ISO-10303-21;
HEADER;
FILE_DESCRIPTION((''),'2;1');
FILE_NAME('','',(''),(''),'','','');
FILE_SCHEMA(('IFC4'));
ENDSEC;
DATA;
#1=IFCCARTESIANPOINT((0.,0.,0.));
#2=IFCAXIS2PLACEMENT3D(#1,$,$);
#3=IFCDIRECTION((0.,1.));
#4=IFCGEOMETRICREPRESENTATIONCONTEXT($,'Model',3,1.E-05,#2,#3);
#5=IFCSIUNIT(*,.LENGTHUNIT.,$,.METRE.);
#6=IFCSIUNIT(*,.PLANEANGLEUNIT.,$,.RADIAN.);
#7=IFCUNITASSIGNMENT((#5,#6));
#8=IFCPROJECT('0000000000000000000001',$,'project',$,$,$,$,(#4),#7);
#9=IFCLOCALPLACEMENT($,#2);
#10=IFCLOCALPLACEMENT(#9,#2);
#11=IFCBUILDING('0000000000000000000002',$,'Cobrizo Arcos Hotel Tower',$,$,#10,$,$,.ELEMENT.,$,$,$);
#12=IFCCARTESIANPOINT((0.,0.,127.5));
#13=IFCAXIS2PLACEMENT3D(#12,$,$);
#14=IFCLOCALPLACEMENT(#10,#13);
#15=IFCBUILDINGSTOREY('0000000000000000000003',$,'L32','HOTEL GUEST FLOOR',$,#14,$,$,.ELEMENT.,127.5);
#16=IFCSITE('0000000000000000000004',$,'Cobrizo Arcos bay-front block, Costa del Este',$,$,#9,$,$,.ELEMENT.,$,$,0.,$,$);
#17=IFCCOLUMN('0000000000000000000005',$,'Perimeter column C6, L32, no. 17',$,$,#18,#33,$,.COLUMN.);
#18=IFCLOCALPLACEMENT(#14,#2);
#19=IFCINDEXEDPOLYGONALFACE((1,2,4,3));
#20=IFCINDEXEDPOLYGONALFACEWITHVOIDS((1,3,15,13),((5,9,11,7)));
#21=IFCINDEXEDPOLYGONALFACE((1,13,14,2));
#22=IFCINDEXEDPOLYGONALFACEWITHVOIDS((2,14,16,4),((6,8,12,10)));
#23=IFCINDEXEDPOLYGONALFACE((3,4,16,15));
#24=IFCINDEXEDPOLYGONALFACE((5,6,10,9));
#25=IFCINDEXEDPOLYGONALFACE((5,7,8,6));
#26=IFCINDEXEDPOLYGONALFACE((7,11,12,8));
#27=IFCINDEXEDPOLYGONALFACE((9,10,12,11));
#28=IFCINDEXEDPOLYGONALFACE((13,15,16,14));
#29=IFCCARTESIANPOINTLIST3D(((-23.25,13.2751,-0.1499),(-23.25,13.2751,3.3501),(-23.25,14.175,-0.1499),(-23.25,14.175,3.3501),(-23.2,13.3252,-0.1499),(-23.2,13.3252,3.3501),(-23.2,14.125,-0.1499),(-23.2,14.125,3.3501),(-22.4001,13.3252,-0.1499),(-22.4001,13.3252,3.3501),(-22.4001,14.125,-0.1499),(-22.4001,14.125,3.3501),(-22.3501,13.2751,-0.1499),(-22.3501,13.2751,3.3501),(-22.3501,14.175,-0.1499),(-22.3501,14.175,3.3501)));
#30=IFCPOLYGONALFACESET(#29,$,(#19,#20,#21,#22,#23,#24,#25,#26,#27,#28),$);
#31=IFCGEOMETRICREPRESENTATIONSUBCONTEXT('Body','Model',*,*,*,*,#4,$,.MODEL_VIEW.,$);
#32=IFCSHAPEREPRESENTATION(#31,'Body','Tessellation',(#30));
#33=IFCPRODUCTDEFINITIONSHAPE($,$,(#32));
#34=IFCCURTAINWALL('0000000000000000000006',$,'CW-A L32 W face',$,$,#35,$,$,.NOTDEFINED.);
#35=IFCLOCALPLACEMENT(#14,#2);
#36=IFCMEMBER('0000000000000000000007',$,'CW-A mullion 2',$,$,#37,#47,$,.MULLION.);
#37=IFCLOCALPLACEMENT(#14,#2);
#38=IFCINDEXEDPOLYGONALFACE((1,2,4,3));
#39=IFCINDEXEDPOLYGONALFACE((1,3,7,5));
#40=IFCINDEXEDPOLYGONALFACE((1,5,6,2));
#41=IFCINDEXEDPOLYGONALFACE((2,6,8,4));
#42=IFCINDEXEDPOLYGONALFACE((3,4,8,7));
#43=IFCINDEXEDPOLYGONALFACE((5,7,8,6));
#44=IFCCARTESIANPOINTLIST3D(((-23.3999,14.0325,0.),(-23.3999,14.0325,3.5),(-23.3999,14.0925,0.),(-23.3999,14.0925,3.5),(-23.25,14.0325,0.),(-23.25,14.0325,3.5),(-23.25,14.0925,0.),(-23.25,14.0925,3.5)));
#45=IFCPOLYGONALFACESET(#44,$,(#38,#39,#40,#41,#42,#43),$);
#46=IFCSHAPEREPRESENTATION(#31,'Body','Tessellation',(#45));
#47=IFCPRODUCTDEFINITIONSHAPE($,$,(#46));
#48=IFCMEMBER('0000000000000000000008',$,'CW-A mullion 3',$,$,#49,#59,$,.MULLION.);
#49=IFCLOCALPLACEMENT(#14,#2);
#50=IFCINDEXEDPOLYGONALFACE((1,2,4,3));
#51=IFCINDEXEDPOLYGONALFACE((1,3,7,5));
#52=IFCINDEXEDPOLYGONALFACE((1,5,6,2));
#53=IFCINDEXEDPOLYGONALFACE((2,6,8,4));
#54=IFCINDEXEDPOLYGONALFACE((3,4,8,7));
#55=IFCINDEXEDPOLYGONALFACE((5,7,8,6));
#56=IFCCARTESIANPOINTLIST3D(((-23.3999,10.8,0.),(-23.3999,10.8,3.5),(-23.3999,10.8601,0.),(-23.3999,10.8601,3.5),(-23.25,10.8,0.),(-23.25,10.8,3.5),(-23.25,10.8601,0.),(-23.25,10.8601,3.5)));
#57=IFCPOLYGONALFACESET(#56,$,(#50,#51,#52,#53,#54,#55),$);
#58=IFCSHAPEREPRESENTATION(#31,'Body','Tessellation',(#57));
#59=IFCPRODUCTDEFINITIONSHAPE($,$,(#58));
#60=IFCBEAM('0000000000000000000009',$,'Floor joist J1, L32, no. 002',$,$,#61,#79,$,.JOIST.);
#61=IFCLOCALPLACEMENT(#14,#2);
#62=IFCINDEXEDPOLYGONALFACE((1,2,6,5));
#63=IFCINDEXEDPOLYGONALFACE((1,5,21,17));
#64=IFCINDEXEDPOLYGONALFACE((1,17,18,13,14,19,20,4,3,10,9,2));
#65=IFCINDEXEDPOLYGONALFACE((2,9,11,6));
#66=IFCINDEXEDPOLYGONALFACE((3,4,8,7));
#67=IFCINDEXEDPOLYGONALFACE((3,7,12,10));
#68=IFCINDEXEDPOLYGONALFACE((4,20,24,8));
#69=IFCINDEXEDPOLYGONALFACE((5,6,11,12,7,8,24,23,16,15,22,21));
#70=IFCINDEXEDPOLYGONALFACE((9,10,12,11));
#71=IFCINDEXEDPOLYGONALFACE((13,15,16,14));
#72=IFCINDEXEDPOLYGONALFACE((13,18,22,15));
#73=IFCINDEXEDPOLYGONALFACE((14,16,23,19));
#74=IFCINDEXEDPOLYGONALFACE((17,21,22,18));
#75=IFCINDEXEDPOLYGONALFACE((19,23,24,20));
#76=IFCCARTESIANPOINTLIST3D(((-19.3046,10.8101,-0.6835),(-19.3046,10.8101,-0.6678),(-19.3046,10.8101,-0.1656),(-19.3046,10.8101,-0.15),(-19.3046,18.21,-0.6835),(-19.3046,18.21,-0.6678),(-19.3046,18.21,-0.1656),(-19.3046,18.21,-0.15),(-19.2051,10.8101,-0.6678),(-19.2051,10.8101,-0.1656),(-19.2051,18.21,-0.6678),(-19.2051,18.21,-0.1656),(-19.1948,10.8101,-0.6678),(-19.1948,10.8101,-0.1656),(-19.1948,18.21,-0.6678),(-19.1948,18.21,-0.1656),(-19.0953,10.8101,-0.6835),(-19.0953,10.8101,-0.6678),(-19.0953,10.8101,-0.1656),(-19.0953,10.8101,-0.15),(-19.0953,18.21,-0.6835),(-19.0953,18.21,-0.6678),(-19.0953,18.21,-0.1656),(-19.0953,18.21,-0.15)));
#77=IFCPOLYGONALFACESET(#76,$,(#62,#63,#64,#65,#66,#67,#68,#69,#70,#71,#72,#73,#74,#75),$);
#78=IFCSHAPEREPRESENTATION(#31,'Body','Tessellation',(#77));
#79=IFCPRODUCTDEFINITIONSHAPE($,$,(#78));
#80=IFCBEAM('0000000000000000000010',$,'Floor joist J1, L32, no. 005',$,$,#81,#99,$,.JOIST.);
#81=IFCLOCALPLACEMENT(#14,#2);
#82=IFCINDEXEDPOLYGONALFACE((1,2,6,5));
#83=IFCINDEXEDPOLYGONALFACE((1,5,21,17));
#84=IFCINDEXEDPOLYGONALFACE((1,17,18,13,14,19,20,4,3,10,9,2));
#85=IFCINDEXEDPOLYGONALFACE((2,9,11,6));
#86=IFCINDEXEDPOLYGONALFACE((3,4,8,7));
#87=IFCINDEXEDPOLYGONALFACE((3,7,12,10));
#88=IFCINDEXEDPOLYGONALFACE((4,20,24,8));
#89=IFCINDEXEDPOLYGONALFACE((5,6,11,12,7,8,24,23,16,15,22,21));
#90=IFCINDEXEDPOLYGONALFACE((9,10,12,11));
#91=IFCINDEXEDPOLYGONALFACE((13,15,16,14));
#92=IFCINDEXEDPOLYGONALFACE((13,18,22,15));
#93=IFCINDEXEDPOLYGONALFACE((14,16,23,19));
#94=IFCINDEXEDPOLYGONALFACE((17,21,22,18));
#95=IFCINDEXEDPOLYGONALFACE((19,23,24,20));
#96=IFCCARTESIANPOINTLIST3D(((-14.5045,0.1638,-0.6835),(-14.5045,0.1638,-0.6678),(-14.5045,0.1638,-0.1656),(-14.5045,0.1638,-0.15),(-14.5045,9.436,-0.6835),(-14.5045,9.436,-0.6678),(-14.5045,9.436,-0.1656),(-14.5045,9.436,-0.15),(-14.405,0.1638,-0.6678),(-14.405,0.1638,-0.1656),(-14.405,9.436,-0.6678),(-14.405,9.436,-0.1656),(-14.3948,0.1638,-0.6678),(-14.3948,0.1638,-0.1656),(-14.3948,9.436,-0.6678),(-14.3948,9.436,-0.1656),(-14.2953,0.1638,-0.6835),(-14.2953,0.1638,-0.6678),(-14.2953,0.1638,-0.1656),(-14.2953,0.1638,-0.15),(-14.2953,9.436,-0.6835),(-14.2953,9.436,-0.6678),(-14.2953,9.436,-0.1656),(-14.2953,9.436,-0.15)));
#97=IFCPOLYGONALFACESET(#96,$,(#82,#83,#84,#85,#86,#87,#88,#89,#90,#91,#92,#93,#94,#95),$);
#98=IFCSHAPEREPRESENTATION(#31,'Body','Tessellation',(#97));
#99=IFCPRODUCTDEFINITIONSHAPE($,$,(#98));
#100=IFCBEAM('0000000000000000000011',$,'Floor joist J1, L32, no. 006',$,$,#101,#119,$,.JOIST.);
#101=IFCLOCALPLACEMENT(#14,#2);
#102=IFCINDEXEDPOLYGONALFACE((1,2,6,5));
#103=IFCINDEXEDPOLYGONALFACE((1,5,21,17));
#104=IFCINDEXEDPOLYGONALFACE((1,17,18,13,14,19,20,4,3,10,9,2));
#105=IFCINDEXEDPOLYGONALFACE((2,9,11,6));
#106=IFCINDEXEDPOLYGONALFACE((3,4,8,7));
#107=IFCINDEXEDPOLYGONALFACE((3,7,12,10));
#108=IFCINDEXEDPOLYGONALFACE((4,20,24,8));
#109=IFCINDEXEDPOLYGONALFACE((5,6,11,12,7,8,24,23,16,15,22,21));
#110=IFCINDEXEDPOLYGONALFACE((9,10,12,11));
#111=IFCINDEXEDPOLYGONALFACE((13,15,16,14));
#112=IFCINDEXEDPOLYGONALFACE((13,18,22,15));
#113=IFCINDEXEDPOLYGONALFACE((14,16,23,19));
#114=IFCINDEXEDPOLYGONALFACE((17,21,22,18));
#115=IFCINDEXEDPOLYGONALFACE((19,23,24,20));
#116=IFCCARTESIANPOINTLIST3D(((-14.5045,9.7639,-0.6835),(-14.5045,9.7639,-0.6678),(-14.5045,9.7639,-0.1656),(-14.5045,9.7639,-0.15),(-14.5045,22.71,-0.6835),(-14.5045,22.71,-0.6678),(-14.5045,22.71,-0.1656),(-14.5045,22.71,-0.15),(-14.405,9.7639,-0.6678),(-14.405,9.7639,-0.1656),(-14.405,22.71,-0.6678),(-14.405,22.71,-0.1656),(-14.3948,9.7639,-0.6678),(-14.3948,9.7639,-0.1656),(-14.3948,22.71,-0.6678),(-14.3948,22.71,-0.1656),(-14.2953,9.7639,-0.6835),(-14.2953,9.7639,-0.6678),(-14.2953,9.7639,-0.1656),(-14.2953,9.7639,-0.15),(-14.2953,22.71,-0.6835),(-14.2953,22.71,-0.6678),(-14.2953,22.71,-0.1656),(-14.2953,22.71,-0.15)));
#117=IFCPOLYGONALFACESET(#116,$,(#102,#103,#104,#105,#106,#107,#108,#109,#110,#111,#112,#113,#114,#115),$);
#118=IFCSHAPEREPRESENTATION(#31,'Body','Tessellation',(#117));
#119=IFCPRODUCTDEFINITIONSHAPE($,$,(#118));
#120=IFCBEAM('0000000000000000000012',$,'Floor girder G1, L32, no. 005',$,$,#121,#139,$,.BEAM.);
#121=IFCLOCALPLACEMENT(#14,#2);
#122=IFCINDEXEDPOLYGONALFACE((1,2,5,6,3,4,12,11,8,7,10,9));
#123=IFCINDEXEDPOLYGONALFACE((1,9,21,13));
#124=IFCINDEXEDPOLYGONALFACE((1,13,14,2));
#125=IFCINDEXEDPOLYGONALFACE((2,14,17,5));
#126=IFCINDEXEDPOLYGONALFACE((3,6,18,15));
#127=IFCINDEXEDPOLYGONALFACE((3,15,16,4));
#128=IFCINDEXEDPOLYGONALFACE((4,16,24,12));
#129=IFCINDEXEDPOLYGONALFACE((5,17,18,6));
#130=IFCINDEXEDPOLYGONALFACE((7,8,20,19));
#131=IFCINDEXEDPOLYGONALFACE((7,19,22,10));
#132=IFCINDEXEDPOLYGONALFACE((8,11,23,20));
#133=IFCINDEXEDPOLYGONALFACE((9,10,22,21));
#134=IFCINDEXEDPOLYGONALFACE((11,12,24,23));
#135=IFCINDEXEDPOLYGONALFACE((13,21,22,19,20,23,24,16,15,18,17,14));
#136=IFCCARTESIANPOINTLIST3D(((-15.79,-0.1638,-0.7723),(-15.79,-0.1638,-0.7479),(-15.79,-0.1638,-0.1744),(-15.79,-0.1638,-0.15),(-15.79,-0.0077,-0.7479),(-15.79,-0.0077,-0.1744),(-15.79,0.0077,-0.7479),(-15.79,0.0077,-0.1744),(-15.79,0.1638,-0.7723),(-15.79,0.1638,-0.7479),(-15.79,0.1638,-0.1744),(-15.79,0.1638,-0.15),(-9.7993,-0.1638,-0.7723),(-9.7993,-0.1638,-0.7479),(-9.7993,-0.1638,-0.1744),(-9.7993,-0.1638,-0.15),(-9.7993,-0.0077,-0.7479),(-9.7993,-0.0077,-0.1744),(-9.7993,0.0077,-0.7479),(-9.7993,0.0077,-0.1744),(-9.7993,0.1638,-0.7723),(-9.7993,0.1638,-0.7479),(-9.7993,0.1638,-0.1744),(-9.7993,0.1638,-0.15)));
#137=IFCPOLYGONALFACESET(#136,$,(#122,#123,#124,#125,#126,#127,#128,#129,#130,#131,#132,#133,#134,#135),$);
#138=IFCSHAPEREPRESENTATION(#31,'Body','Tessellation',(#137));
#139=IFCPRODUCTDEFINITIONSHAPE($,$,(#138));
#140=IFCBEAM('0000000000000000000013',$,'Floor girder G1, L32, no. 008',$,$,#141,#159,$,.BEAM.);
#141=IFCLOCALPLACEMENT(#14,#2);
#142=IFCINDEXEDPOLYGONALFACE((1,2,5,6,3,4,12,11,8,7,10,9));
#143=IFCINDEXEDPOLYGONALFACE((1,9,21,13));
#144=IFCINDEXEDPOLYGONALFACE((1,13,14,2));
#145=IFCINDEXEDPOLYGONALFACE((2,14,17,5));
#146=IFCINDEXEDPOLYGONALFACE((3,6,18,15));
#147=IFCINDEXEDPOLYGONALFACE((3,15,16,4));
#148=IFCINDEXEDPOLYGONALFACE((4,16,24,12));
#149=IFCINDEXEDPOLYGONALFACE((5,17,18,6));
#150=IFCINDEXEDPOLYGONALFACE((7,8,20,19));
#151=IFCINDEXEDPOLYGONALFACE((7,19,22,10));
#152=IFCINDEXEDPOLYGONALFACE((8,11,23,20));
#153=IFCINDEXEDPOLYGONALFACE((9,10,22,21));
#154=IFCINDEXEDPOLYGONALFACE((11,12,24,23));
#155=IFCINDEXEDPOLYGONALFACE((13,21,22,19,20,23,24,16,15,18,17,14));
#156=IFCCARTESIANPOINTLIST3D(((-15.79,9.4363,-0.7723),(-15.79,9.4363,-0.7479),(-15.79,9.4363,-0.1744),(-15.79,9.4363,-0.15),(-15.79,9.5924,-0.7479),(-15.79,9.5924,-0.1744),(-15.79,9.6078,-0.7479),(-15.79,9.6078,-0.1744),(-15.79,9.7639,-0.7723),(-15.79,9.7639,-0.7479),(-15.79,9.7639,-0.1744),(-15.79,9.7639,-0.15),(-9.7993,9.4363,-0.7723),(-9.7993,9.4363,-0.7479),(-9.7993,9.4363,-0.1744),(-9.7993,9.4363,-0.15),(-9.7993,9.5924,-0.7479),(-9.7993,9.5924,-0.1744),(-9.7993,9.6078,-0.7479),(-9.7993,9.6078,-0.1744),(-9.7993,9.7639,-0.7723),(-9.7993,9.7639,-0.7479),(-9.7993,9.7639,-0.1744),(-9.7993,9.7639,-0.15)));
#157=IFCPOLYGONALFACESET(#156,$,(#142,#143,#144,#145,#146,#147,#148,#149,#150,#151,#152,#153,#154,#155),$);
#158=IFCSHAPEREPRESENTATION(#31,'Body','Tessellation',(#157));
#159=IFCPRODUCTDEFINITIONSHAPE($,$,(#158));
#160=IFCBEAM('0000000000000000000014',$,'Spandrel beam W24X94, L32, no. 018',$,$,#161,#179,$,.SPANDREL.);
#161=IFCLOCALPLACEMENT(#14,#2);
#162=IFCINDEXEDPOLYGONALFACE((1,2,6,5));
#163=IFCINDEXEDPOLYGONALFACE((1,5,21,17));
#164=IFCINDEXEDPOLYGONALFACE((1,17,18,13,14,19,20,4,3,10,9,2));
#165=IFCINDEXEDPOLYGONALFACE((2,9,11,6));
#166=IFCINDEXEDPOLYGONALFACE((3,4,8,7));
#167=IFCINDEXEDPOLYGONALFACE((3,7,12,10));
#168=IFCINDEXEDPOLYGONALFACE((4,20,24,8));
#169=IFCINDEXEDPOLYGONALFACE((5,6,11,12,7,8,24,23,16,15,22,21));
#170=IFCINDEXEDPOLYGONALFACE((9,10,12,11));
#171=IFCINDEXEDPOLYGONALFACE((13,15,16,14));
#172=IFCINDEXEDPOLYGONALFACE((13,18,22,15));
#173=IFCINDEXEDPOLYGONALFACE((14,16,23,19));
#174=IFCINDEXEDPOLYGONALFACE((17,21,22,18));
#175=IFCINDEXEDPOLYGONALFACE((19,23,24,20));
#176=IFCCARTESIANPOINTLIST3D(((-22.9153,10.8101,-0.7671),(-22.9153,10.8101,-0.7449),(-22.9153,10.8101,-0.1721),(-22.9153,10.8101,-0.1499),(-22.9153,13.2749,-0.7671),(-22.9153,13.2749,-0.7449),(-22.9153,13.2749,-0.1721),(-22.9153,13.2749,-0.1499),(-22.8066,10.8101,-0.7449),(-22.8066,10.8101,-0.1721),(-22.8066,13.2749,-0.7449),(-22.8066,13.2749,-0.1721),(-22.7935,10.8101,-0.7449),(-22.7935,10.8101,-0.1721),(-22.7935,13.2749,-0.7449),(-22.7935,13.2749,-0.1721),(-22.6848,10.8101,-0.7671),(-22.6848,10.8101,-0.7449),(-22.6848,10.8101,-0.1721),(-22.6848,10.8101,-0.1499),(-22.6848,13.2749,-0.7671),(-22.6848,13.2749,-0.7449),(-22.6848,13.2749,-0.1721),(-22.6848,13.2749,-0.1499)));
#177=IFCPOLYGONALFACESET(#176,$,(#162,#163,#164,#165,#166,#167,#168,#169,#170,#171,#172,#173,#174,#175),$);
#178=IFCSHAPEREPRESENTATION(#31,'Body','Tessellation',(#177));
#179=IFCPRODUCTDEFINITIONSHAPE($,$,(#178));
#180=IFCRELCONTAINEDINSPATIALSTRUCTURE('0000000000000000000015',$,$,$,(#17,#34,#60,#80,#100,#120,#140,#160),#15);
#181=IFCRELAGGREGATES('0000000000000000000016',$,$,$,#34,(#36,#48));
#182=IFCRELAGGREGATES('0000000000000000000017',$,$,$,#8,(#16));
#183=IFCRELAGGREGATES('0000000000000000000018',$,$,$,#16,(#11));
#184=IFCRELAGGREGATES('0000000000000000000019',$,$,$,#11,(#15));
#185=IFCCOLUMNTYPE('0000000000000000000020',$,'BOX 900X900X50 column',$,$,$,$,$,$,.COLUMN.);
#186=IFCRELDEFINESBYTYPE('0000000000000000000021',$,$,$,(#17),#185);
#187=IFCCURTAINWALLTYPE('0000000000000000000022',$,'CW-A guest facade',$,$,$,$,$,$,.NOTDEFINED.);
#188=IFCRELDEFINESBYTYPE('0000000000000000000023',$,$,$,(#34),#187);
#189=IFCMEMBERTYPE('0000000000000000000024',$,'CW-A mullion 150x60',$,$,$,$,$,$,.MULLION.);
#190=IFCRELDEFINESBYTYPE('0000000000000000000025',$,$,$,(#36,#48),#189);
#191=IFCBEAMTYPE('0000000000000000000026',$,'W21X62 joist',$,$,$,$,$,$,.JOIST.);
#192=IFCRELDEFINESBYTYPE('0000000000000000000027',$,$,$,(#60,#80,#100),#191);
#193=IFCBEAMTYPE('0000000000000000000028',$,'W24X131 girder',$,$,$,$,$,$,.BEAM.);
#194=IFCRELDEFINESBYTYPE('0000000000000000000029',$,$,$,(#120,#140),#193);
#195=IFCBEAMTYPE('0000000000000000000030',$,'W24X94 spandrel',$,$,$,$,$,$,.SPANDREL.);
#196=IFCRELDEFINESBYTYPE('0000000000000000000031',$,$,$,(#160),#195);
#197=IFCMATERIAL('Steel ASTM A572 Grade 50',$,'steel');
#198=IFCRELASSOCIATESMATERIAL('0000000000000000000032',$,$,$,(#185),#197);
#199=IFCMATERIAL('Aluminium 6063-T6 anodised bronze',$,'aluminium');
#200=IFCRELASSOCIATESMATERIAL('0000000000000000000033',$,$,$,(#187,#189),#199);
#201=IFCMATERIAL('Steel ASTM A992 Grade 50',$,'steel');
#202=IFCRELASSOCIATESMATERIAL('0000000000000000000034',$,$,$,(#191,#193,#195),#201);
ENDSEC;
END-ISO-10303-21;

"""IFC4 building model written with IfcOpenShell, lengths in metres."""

from ifc_helpers import new_model, si_unit, direction, frame, origin, origin_2d, place, context, subcontext, project, spatial, rectangle, hollow_rectangle, i_section, extrude, material, material_profile, profile_set, type_object, element, aggregate, save


model = new_model("IFC4")

# Units and contexts
model_context = context("Model", 3, precision=1e-05, world=origin(), true_north=direction((0.0, 1.0)))
body_context = subcontext(model_context, "Body", "Model", "MODEL_VIEW")
ifc_project = project(units=[si_unit("LENGTHUNIT", "METRE"), si_unit("PLANEANGLEUNIT", "RADIAN")], contexts=[model_context])

# Site, building, storey
site_placement = place(None, origin())
site = spatial("IfcSite", under=ifc_project, at=site_placement, Name="Cobrizo Arcos bay-front block, Costa del Este", CompositionType="ELEMENT", RefElevation=0.0)
building_placement = place(site_placement, origin())
building = spatial("IfcBuilding", under=site, at=building_placement, Name="Cobrizo Arcos Hotel Tower", CompositionType="ELEMENT")
storey_placement = place(building_placement, frame((0.0, 0.0, 127.5)))
storey = spatial("IfcBuildingStorey", under=building, at=storey_placement, Name="L32", Description="HOTEL GUEST FLOOR", CompositionType="ELEMENT", Elevation=127.5)

# Column
ifc_material_1 = material(Name="Steel ASTM A572 Grade 50", Category="steel")
ifc_material_profile_1 = material_profile(ifc_material_1, hollow_rectangle(XDim=0.8999, YDim=0.8999, WallThickness=0.05, at=origin_2d()), Name="BOX 900X900X50")
ifc_profile_set_1 = profile_set([ifc_material_profile_1], Name="Steel ASTM A572 Grade 50")
column_type = type_object("IfcColumnType", Name="BOX 900X900X50 column", PredefinedType="COLUMN", material=ifc_profile_set_1)
column_placement = place(storey_placement, frame((-22.8, 13.7251, -0.1499), z_axis=(0.0, 0.0, 1.0), x_axis=(1.0, 0.0, 0.0)))
element("IfcColumn", 1, at=column_placement, inside=storey, type_object=column_type, Name="Perimeter column C6, L32, no. 17", PredefinedType="COLUMN", context=body_context, shape_type="SweptSolid", body=[
    extrude(hollow_rectangle(XDim=0.8999, YDim=0.8999, WallThickness=0.05, at=origin_2d()), origin(), (0.0, 0.0, 1.0), 3.5),
])

# Curtain wall, members
ifc_material_2 = material(Name="Aluminium 6063-T6 anodised bronze", Category="aluminium")
curtain_wall_type = type_object("IfcCurtainWallType", Name="CW-A guest facade", PredefinedType="NOTDEFINED", material=ifc_material_2)
curtain_wall_placement = place(storey_placement, origin())
curtain_wall = element("IfcCurtainWall", 2, at=curtain_wall_placement, inside=storey, type_object=curtain_wall_type, Name="CW-A L32 W face", PredefinedType="NOTDEFINED")
ifc_material_profile_2 = material_profile(ifc_material_2, rectangle(XDim=0.1499, YDim=0.0601, at=origin_2d()), Name="CW-A mullion 150x60")
ifc_profile_set_2 = profile_set([ifc_material_profile_2], Name="Aluminium 6063-T6 anodised bronze")
member_type = type_object("IfcMemberType", Name="CW-A mullion 150x60", PredefinedType="MULLION", material=ifc_profile_set_2)
member_1_placement = place(storey_placement, frame((-23.325, 14.0625, 0.0), z_axis=(0.0, 0.0, 1.0), x_axis=(-1.0, 0.0, 0.0)))
member_1 = element("IfcMember", 3, at=member_1_placement, type_object=member_type, Name="CW-A mullion 2", PredefinedType="MULLION", context=body_context, shape_type="SweptSolid", body=[
    extrude(rectangle(XDim=0.1499, YDim=0.0601, at=origin_2d()), origin(), (0.0, 0.0, 1.0), 3.5),
])
member_2_placement = place(storey_placement, frame((-23.325, 10.8301, 0.0), z_axis=(0.0, 0.0, 1.0), x_axis=(-1.0, 0.0, 0.0)))
member_2 = element("IfcMember", 4, at=member_2_placement, type_object=member_type, Name="CW-A mullion 3", PredefinedType="MULLION", context=body_context, shape_type="SweptSolid", body=[
    extrude(rectangle(XDim=0.1499, YDim=0.0601, at=origin_2d()), origin(), (0.0, 0.0, 1.0), 3.5),
])

# Beams
ifc_material_3 = material(Name="Steel ASTM A992 Grade 50", Category="steel")
ifc_material_profile_3 = material_profile(ifc_material_3, i_section(OverallWidth=0.2092, OverallDepth=0.5334, WebThickness=0.0103, FlangeThickness=0.0156, at=origin_2d()), Name="W21X62")
ifc_profile_set_3 = profile_set([ifc_material_profile_3], Name="Steel ASTM A992 Grade 50")
beam_type_1 = type_object("IfcBeamType", Name="W21X62 joist", PredefinedType="JOIST", material=ifc_profile_set_3)
beam_1_placement = place(storey_placement, frame((-19.2, 10.8101, -0.4167), z_axis=(0.0, 1.0, 0.0), x_axis=(-1.0, 0.0, 0.0)))
element("IfcBeam", 5, at=beam_1_placement, inside=storey, type_object=beam_type_1, Name="Floor joist J1, L32, no. 002", PredefinedType="JOIST", context=body_context, shape_type="SweptSolid", body=[
    extrude(i_section(OverallWidth=0.2092, OverallDepth=0.5334, WebThickness=0.0103, FlangeThickness=0.0156, at=origin_2d()), origin(), (0.0, 0.0, 1.0), 7.3999),
])
beam_2_placement = place(storey_placement, frame((-14.3999, 0.1638, -0.4167), z_axis=(0.0, 1.0, 0.0), x_axis=(-1.0, 0.0, 0.0)))
element("IfcBeam", 6, at=beam_2_placement, inside=storey, type_object=beam_type_1, Name="Floor joist J1, L32, no. 005", PredefinedType="JOIST", context=body_context, shape_type="SweptSolid", body=[
    extrude(i_section(OverallWidth=0.2092, OverallDepth=0.5334, WebThickness=0.0103, FlangeThickness=0.0156, at=origin_2d()), origin(), (0.0, 0.0, 1.0), 9.2722),
])
beam_3_placement = place(storey_placement, frame((-14.3999, 9.7639, -0.4167), z_axis=(0.0, 1.0, 0.0), x_axis=(-1.0, 0.0, 0.0)))
element("IfcBeam", 7, at=beam_3_placement, inside=storey, type_object=beam_type_1, Name="Floor joist J1, L32, no. 006", PredefinedType="JOIST", context=body_context, shape_type="SweptSolid", body=[
    extrude(i_section(OverallWidth=0.2092, OverallDepth=0.5334, WebThickness=0.0103, FlangeThickness=0.0156, at=origin_2d()), origin(), (0.0, 0.0, 1.0), 12.946),
])
ifc_material_profile_4 = material_profile(ifc_material_3, i_section(OverallWidth=0.3276, OverallDepth=0.6223, WebThickness=0.0154, FlangeThickness=0.0244, at=origin_2d()), Name="W24X131")
ifc_profile_set_4 = profile_set([ifc_material_profile_4], Name="Steel ASTM A992 Grade 50")
beam_type_2 = type_object("IfcBeamType", Name="W24X131 girder", PredefinedType="BEAM", material=ifc_profile_set_4)
for number, where, z_axis, x_axis, name in (
    (8, (-15.79, 0.0, -0.4612), (1.0, 0.0, 0.0), (0.0, 1.0, 0.0), "Floor girder G1, L32, no. 005"),
    (9, (-15.79, 9.6001, -0.4612), (1.0, 0.0, 0.0), (0.0, 1.0, 0.0), "Floor girder G1, L32, no. 008"),
):
    element("IfcBeam", number, at=place(storey_placement, frame(where, z_axis=z_axis, x_axis=x_axis)), inside=storey, type_object=beam_type_2, Name=name, PredefinedType="BEAM", context=body_context, shape_type="SweptSolid", body=[
        extrude(i_section(OverallWidth=0.3276, OverallDepth=0.6223, WebThickness=0.0154, FlangeThickness=0.0244, at=origin_2d()), origin(), (0.0, 0.0, 1.0), 5.9907),
    ])
ifc_material_profile_5 = material_profile(ifc_material_3, i_section(OverallWidth=0.2305, OverallDepth=0.6172, WebThickness=0.0132, FlangeThickness=0.0222, at=origin_2d()), Name="W24X94")
ifc_profile_set_5 = profile_set([ifc_material_profile_5], Name="Steel ASTM A992 Grade 50")
beam_type_3 = type_object("IfcBeamType", Name="W24X94 spandrel", PredefinedType="SPANDREL", material=ifc_profile_set_5)
beam_4_placement = place(storey_placement, frame((-22.8, 10.8101, -0.4585), z_axis=(0.0, 1.0, 0.0), x_axis=(-1.0, 0.0, 0.0)))
element("IfcBeam", 10, at=beam_4_placement, inside=storey, type_object=beam_type_3, Name="Spandrel beam W24X94, L32, no. 018", PredefinedType="SPANDREL", context=body_context, shape_type="SweptSolid", body=[
    extrude(i_section(OverallWidth=0.2305, OverallDepth=0.6172, WebThickness=0.0132, FlangeThickness=0.0222, at=origin_2d()), origin(), (0.0, 0.0, 1.0), 2.4648),
])

aggregate(curtain_wall, [member_1, member_2])

save(model, "model.ifc")
